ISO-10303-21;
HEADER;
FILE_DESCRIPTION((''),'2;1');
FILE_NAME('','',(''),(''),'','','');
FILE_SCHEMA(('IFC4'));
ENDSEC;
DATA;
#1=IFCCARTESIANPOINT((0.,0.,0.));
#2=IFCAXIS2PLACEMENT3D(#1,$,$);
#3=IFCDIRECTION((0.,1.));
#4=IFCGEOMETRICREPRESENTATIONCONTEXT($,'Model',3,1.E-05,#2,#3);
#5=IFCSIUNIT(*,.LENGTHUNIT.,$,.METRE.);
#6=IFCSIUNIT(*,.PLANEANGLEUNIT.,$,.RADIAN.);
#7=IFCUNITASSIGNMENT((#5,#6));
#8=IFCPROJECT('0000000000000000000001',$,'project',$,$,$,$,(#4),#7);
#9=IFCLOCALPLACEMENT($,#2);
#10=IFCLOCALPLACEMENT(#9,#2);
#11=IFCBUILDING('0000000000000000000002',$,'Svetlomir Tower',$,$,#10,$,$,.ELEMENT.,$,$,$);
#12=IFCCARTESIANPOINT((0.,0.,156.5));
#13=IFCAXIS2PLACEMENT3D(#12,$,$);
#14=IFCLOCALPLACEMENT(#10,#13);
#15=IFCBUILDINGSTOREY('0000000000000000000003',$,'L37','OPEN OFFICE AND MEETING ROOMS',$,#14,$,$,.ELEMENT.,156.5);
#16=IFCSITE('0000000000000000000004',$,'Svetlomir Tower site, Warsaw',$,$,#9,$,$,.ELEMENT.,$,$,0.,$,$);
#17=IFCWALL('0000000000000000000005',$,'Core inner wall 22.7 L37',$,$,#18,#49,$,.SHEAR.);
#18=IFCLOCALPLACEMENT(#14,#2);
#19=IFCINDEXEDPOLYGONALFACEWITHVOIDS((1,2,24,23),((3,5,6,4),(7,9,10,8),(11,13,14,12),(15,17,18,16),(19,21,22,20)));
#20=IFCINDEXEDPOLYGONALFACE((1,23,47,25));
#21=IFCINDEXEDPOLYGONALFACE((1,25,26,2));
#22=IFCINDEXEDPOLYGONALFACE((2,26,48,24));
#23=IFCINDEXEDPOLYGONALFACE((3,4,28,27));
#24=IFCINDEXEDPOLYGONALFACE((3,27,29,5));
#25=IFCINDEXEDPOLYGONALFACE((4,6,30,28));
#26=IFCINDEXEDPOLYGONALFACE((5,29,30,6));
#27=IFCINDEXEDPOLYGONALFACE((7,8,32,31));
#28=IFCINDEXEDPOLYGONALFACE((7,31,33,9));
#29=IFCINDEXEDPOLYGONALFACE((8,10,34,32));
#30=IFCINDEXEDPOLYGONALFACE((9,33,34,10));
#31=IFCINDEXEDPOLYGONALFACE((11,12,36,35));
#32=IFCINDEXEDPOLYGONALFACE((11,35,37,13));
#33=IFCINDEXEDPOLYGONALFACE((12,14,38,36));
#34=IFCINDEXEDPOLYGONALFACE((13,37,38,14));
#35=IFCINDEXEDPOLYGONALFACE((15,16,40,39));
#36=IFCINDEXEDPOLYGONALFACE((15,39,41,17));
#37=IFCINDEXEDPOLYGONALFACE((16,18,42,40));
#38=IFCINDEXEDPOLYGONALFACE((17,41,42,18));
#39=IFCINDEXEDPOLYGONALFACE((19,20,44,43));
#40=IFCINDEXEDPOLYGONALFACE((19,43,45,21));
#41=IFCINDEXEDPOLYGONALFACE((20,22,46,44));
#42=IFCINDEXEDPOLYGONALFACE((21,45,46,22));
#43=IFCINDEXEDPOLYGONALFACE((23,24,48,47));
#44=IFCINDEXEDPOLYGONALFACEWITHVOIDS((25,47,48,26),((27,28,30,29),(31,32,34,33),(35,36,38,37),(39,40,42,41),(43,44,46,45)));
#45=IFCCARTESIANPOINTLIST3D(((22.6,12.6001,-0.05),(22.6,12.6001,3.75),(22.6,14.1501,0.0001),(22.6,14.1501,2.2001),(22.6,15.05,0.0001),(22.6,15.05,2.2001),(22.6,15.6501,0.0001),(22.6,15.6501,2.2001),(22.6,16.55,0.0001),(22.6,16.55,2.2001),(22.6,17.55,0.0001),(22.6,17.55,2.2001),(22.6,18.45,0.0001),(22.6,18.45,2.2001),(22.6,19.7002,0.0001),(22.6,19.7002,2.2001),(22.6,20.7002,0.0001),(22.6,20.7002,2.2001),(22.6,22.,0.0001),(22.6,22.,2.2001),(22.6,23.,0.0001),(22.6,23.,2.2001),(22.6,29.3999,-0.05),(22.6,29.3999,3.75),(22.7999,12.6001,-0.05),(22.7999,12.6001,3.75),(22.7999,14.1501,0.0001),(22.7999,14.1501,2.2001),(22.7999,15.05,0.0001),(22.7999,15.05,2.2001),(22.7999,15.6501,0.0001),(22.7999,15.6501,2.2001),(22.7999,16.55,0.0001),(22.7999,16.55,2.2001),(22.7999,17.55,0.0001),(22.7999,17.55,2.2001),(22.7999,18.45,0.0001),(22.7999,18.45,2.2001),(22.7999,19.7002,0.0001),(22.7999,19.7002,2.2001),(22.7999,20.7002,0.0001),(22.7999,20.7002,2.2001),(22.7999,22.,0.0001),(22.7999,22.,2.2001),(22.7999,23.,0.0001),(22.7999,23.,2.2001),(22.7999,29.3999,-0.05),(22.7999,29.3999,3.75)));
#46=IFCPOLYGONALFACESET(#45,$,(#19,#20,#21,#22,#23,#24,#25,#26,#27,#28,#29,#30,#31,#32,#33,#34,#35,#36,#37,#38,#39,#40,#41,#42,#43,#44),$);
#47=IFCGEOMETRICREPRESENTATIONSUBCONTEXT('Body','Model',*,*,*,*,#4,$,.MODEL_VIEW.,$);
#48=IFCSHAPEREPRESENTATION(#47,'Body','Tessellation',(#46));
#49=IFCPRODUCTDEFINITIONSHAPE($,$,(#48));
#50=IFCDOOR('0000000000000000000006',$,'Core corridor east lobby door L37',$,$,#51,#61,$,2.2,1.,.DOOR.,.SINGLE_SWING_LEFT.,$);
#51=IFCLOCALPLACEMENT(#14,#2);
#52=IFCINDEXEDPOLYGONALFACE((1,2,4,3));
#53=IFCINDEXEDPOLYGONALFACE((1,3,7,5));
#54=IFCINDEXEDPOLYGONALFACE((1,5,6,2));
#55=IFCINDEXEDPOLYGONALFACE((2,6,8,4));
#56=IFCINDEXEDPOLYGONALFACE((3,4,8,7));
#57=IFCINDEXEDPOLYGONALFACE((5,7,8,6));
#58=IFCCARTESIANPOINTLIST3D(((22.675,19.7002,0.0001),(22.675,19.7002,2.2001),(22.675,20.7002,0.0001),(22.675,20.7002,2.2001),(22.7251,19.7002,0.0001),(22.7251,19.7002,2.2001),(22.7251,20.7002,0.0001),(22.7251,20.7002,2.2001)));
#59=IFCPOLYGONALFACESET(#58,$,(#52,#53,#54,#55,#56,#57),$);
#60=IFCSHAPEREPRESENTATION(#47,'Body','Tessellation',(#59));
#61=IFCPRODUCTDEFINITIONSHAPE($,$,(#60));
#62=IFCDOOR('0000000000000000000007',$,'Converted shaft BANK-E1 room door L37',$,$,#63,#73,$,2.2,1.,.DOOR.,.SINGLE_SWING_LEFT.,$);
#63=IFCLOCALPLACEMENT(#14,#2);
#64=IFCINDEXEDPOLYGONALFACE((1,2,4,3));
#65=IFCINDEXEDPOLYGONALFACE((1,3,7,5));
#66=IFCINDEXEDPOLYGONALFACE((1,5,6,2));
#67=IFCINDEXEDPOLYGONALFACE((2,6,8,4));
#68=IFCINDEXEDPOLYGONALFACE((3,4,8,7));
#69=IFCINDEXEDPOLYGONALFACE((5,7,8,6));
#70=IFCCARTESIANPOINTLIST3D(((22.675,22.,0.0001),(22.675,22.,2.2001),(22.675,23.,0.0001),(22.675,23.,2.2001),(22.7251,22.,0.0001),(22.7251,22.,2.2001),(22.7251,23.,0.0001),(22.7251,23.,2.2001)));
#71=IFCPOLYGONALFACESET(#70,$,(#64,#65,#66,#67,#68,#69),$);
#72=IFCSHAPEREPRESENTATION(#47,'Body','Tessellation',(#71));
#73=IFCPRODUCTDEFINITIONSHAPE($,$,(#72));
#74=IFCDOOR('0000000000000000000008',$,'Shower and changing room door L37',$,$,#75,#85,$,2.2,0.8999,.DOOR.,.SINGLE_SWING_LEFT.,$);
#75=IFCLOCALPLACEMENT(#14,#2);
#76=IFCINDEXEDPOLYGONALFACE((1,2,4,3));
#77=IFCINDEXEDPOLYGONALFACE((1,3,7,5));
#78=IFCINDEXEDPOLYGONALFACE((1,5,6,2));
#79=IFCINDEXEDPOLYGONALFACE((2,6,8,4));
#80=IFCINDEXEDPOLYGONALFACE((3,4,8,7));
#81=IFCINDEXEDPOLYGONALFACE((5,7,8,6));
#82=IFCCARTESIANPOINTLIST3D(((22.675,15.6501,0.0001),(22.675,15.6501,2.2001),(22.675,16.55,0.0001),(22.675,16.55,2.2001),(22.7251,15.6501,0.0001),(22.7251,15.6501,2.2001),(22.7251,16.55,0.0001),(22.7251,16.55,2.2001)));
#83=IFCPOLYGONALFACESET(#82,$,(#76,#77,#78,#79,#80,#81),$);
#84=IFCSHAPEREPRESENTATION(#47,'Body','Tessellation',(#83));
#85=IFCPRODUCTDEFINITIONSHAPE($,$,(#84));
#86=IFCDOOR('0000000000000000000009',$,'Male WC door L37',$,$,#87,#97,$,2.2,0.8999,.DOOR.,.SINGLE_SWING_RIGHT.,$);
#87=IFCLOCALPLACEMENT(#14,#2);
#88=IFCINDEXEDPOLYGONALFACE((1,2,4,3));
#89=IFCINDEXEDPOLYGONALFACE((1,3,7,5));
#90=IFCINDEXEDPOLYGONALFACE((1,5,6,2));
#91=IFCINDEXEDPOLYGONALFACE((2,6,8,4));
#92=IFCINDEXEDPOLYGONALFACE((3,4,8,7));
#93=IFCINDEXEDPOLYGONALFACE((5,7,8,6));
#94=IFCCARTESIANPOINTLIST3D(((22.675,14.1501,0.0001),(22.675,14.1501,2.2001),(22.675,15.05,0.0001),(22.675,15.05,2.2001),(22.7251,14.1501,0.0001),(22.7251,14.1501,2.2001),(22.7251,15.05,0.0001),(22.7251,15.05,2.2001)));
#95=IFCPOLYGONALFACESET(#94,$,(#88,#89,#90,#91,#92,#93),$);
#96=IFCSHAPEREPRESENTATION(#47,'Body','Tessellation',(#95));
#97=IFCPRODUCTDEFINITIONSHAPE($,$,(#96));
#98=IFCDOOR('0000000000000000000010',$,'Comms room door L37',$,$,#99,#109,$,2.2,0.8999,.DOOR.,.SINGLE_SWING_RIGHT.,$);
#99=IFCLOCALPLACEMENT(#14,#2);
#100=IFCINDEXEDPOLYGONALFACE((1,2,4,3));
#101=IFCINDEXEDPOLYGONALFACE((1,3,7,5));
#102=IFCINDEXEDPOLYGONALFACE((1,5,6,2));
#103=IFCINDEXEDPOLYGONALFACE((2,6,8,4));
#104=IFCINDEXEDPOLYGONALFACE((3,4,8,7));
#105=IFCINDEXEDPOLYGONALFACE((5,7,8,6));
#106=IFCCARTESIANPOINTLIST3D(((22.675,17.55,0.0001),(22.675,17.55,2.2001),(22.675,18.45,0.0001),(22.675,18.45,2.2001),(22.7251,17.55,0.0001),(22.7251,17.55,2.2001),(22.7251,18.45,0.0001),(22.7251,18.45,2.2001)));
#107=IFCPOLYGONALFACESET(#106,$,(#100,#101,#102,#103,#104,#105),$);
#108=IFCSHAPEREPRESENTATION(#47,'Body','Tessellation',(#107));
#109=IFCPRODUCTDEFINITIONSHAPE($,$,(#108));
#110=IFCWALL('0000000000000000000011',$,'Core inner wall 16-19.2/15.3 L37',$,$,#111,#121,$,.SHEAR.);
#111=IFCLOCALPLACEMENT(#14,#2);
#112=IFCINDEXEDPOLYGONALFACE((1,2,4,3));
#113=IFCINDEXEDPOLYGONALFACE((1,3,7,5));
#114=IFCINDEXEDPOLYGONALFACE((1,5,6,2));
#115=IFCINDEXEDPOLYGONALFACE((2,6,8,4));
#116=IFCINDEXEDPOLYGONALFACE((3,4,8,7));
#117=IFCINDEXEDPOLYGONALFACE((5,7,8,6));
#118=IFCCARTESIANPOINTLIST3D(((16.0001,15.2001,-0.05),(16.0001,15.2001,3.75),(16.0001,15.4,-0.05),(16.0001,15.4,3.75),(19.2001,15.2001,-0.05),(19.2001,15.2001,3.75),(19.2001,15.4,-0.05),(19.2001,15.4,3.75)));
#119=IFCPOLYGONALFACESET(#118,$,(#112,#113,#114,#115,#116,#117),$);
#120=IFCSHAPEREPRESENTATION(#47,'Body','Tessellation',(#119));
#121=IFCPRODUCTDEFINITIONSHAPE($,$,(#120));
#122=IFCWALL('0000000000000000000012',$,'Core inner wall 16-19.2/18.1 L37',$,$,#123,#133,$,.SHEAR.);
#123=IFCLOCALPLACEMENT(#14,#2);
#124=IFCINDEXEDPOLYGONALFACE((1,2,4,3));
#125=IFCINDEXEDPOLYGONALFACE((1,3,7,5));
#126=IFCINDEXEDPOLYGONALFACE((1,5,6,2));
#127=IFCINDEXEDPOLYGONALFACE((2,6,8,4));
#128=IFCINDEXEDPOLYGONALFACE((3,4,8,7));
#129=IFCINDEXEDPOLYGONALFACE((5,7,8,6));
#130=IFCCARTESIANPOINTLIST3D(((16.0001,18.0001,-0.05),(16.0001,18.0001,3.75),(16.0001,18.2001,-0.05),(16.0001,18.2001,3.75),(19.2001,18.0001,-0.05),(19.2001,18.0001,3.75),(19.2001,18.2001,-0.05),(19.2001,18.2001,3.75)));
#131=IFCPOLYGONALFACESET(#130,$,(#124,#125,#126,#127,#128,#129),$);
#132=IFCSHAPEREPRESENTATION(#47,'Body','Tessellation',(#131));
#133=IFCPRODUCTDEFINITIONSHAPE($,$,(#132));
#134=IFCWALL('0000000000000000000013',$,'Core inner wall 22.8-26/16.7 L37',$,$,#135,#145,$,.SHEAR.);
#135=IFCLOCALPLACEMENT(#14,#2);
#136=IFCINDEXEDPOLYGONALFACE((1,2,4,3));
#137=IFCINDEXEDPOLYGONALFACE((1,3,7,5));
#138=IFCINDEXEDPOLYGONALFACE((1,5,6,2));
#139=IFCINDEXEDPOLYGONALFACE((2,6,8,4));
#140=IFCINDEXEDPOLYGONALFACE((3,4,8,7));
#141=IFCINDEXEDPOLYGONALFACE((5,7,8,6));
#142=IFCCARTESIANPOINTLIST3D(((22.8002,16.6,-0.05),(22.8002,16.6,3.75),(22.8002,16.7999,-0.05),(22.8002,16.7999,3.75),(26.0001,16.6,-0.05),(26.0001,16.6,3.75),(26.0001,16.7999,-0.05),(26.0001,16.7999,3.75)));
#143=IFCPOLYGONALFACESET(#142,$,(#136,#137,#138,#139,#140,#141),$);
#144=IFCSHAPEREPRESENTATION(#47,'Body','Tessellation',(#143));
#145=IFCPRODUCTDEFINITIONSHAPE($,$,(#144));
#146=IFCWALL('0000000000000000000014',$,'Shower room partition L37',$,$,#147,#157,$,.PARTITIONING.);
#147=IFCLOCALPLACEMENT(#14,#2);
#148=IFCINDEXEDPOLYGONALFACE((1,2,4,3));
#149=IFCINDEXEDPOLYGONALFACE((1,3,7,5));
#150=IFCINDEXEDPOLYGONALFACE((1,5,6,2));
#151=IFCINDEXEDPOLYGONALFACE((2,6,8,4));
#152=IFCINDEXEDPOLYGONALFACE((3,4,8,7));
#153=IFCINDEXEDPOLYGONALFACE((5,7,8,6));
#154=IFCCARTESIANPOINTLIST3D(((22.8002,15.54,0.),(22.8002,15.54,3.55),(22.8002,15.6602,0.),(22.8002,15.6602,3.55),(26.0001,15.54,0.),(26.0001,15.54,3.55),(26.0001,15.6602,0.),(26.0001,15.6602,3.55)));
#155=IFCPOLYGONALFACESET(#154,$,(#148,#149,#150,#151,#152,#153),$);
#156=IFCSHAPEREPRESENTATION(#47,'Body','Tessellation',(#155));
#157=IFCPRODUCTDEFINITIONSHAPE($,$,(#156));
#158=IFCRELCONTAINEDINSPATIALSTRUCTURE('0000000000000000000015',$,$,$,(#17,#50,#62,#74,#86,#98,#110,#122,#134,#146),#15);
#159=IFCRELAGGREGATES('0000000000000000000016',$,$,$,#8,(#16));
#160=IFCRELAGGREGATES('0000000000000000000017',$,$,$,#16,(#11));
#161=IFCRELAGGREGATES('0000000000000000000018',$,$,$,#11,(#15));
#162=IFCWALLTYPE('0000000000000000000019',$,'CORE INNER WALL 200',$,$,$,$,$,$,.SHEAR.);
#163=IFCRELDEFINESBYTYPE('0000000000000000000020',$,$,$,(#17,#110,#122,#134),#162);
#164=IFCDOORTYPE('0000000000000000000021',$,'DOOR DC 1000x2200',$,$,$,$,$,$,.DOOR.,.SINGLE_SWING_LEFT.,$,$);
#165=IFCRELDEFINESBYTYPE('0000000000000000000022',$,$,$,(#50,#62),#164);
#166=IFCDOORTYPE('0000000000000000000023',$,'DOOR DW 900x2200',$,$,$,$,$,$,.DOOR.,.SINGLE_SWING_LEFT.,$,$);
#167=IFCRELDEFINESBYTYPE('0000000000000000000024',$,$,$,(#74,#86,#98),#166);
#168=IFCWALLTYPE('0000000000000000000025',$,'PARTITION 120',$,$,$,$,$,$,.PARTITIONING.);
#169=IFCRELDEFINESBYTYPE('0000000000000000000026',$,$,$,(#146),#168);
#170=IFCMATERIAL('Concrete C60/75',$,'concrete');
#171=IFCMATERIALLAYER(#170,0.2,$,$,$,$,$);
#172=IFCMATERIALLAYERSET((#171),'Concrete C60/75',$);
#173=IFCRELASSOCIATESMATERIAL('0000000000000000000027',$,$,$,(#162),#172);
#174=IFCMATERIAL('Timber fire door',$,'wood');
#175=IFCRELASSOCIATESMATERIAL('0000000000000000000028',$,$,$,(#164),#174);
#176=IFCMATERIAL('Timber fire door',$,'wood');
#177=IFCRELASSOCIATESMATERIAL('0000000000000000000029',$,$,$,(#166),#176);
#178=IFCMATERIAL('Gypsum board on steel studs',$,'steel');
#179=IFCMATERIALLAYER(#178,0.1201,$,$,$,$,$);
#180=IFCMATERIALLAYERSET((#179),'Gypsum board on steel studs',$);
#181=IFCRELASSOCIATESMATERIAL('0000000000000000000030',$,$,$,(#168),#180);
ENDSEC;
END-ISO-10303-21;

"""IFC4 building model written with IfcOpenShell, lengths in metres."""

from ifc_helpers import new_model, si_unit, direction, frame, frame_2d, origin, place, context, subcontext, project, spatial, rectangle, extrude, material, layer, layer_set, type_object, element, fill, save


model = new_model("IFC4")

# Units and contexts
model_context = context("Model", 3, precision=1e-05, world=origin(), true_north=direction((0.0, 1.0)))
body_context = subcontext(model_context, "Body", "Model", "MODEL_VIEW")
ifc_project = project(units=[si_unit("LENGTHUNIT", "METRE"), si_unit("PLANEANGLEUNIT", "RADIAN")], contexts=[model_context])

# Site, building, storey
site_placement = place(None, origin())
site = spatial("IfcSite", under=ifc_project, at=site_placement, Name="Svetlomir Tower site, Warsaw", CompositionType="ELEMENT", RefElevation=0.0)
building_placement = place(site_placement, origin())
building = spatial("IfcBuilding", under=site, at=building_placement, Name="Svetlomir Tower", CompositionType="ELEMENT")
storey_placement = place(building_placement, frame((0.0, 0.0, 156.5)))
storey = spatial("IfcBuildingStorey", under=building, at=storey_placement, Name="L37", Description="OPEN OFFICE AND MEETING ROOMS", CompositionType="ELEMENT", Elevation=156.5)

# Wall, openings, doors
ifc_material_1 = material(Name="Concrete C60/75", Category="concrete")
ifc_layer_1 = layer(ifc_material_1, 0.2)
ifc_layer_set_1 = layer_set([ifc_layer_1], Name="Concrete C60/75")
wall_type_1 = type_object("IfcWallType", Name="CORE INNER WALL 200", PredefinedType="SHEAR", material=ifc_layer_set_1)
ifc_material_2 = material(Name="Timber fire door", Category="wood")
door_type_1 = type_object("IfcDoorType", Name="DOOR DC 1000x2200", OperationType="SINGLE_SWING_LEFT", PredefinedType="DOOR", material=ifc_material_2)
ifc_material_3 = material(Name="Timber fire door", Category="wood")
door_type_2 = type_object("IfcDoorType", Name="DOOR DW 900x2200", OperationType="SINGLE_SWING_LEFT", PredefinedType="DOOR", material=ifc_material_3)
wall_1_placement = place(storey_placement, frame((22.7, 12.6001, -0.05), z_axis=(0.0, 0.0, 1.0), x_axis=(0.0, 1.0, 0.0)))
wall_1 = element("IfcWall", 1, at=wall_1_placement, inside=storey, type_object=wall_type_1, Name="Core inner wall 22.7 L37", PredefinedType="SHEAR", context=body_context, shape_type="SweptSolid", body=[
    extrude(rectangle(XDim=16.7998, YDim=0.2, at=frame_2d((8.3999, 0.0))), origin(), (0.0, 0.0, 1.0), 3.8),
])
opening_1_placement = place(wall_1_placement, frame((3.05, 0.0, 0.05)))
opening_1 = element("IfcOpeningElement", 2, at=opening_1_placement, cuts=wall_1, PredefinedType="OPENING", context=body_context, shape_type="SweptSolid", body=[
    extrude(rectangle(XDim=0.8999, YDim=2.2, at=frame_2d((0.45, 1.1001))), frame((0.0, 0.1099, 0.0), z_axis=(0.0, -1.0, 0.0), x_axis=(1.0, 0.0, 0.0)), (0.0, 0.0, 1.0), 0.22),
])
opening_2_placement = place(wall_1_placement, frame((7.1001, 0.0, 0.05)))
opening_2 = element("IfcOpeningElement", 3, at=opening_2_placement, cuts=wall_1, PredefinedType="OPENING", context=body_context, shape_type="SweptSolid", body=[
    extrude(rectangle(XDim=1.0, YDim=2.2, at=frame_2d((0.5, 1.1001))), frame((0.0, 0.1099, 0.0), z_axis=(0.0, -1.0, 0.0), x_axis=(1.0, 0.0, 0.0)), (0.0, 0.0, 1.0), 0.22),
])
opening_3_placement = place(wall_1_placement, frame((1.55, 0.0, 0.05)))
opening_3 = element("IfcOpeningElement", 4, at=opening_3_placement, cuts=wall_1, PredefinedType="OPENING", context=body_context, shape_type="SweptSolid", body=[
    extrude(rectangle(XDim=0.8999, YDim=2.2, at=frame_2d((0.45, 1.1001))), frame((0.0, 0.1099, 0.0), z_axis=(0.0, -1.0, 0.0), x_axis=(1.0, 0.0, 0.0)), (0.0, 0.0, 1.0), 0.22),
])
opening_4_placement = place(wall_1_placement, frame((4.95, 0.0, 0.05)))
opening_4 = element("IfcOpeningElement", 5, at=opening_4_placement, cuts=wall_1, PredefinedType="OPENING", context=body_context, shape_type="SweptSolid", body=[
    extrude(rectangle(XDim=0.8999, YDim=2.2, at=frame_2d((0.45, 1.1001))), frame((0.0, 0.1099, 0.0), z_axis=(0.0, -1.0, 0.0), x_axis=(1.0, 0.0, 0.0)), (0.0, 0.0, 1.0), 0.22),
])
opening_5_placement = place(wall_1_placement, frame((9.3999, 0.0, 0.05)))
opening_5 = element("IfcOpeningElement", 6, at=opening_5_placement, cuts=wall_1, PredefinedType="OPENING", context=body_context, shape_type="SweptSolid", body=[
    extrude(rectangle(XDim=1.0, YDim=2.2, at=frame_2d((0.5, 1.1001))), frame((0.0, 0.1099, 0.0), z_axis=(0.0, -1.0, 0.0), x_axis=(1.0, 0.0, 0.0)), (0.0, 0.0, 1.0), 0.22),
])
door_1_placement = place(opening_2_placement, origin())
door_1 = element("IfcDoor", 7, at=door_1_placement, inside=storey, type_object=door_type_1, Name="Core corridor east lobby door L37", OperationType="SINGLE_SWING_LEFT", OverallHeight=2.2, OverallWidth=1.0, PredefinedType="DOOR", context=body_context, shape_type="SweptSolid", body=[
    extrude(rectangle(XDim=1.0, YDim=2.2, at=frame_2d((0.5, 1.1001))), frame((0.0, 0.0249, 0.0), z_axis=(0.0, -1.0, 0.0), x_axis=(1.0, 0.0, 0.0)), (0.0, 0.0, 1.0), 0.05),
])
fill(opening_2, door_1)
door_2_placement = place(opening_5_placement, origin())
door_2 = element("IfcDoor", 8, at=door_2_placement, inside=storey, type_object=door_type_1, Name="Converted shaft BANK-E1 room door L37", OperationType="SINGLE_SWING_LEFT", OverallHeight=2.2, OverallWidth=1.0, PredefinedType="DOOR", context=body_context, shape_type="SweptSolid", body=[
    extrude(rectangle(XDim=1.0, YDim=2.2, at=frame_2d((0.5, 1.1001))), frame((0.0, 0.0249, 0.0), z_axis=(0.0, -1.0, 0.0), x_axis=(1.0, 0.0, 0.0)), (0.0, 0.0, 1.0), 0.05),
])
fill(opening_5, door_2)
door_3_placement = place(opening_1_placement, origin())
door_3 = element("IfcDoor", 9, at=door_3_placement, inside=storey, type_object=door_type_2, Name="Shower and changing room door L37", OperationType="SINGLE_SWING_LEFT", OverallHeight=2.2, OverallWidth=0.8999, PredefinedType="DOOR", context=body_context, shape_type="SweptSolid", body=[
    extrude(rectangle(XDim=0.8999, YDim=2.2, at=frame_2d((0.45, 1.1001))), frame((0.0, 0.0249, 0.0), z_axis=(0.0, -1.0, 0.0), x_axis=(1.0, 0.0, 0.0)), (0.0, 0.0, 1.0), 0.05),
])
fill(opening_1, door_3)
door_4_placement = place(opening_3_placement, origin())
door_4 = element("IfcDoor", 10, at=door_4_placement, inside=storey, type_object=door_type_2, Name="Male WC door L37", OperationType="SINGLE_SWING_RIGHT", OverallHeight=2.2, OverallWidth=0.8999, PredefinedType="DOOR", context=body_context, shape_type="SweptSolid", body=[
    extrude(rectangle(XDim=0.8999, YDim=2.2, at=frame_2d((0.45, 1.1001))), frame((0.0, 0.0249, 0.0), z_axis=(0.0, -1.0, 0.0), x_axis=(1.0, 0.0, 0.0)), (0.0, 0.0, 1.0), 0.05),
])
fill(opening_3, door_4)
door_5_placement = place(opening_4_placement, origin())
door_5 = element("IfcDoor", 11, at=door_5_placement, inside=storey, type_object=door_type_2, Name="Comms room door L37", OperationType="SINGLE_SWING_RIGHT", OverallHeight=2.2, OverallWidth=0.8999, PredefinedType="DOOR", context=body_context, shape_type="SweptSolid", body=[
    extrude(rectangle(XDim=0.8999, YDim=2.2, at=frame_2d((0.45, 1.1001))), frame((0.0, 0.0249, 0.0), z_axis=(0.0, -1.0, 0.0), x_axis=(1.0, 0.0, 0.0)), (0.0, 0.0, 1.0), 0.05),
])
fill(opening_4, door_5)

# Walls
for number, where, z_axis, x_axis, name in (
    (12, (16.0, 15.3, -0.05), (0.0, 0.0, 1.0), (1.0, 0.0, 0.0), "Core inner wall 16-19.2/15.3 L37"),
    (13, (16.0, 18.1001, -0.05), (0.0, 0.0, 1.0), (1.0, 0.0, 0.0), "Core inner wall 16-19.2/18.1 L37"),
    (14, (22.8, 16.7, -0.05), (0.0, 0.0, 1.0), (1.0, 0.0, 0.0), "Core inner wall 22.8-26/16.7 L37"),
):
    element("IfcWall", number, at=place(storey_placement, frame(where, z_axis=z_axis, x_axis=x_axis)), inside=storey, type_object=wall_type_1, Name=name, PredefinedType="SHEAR", context=body_context, shape_type="SweptSolid", body=[
        extrude(rectangle(XDim=3.2, YDim=0.2, at=frame_2d((1.6001, 0.0))), origin(), (0.0, 0.0, 1.0), 3.8),
    ])
ifc_material_4 = material(Name="Gypsum board on steel studs", Category="steel")
ifc_layer_2 = layer(ifc_material_4, 0.1201)
ifc_layer_set_2 = layer_set([ifc_layer_2], Name="Gypsum board on steel studs")
wall_type_2 = type_object("IfcWallType", Name="PARTITION 120", PredefinedType="PARTITIONING", material=ifc_layer_set_2)
wall_2_placement = place(storey_placement, frame((22.8, 15.6001, 0.0), z_axis=(0.0, 0.0, 1.0), x_axis=(1.0, 0.0, 0.0)))
element("IfcWall", 15, at=wall_2_placement, inside=storey, type_object=wall_type_2, Name="Shower room partition L37", PredefinedType="PARTITIONING", context=body_context, shape_type="SweptSolid", body=[
    extrude(rectangle(XDim=3.2, YDim=0.1201, at=frame_2d((1.6001, 0.0))), origin(), (0.0, 0.0, 1.0), 3.55),
])

save(model, "model.ifc")
